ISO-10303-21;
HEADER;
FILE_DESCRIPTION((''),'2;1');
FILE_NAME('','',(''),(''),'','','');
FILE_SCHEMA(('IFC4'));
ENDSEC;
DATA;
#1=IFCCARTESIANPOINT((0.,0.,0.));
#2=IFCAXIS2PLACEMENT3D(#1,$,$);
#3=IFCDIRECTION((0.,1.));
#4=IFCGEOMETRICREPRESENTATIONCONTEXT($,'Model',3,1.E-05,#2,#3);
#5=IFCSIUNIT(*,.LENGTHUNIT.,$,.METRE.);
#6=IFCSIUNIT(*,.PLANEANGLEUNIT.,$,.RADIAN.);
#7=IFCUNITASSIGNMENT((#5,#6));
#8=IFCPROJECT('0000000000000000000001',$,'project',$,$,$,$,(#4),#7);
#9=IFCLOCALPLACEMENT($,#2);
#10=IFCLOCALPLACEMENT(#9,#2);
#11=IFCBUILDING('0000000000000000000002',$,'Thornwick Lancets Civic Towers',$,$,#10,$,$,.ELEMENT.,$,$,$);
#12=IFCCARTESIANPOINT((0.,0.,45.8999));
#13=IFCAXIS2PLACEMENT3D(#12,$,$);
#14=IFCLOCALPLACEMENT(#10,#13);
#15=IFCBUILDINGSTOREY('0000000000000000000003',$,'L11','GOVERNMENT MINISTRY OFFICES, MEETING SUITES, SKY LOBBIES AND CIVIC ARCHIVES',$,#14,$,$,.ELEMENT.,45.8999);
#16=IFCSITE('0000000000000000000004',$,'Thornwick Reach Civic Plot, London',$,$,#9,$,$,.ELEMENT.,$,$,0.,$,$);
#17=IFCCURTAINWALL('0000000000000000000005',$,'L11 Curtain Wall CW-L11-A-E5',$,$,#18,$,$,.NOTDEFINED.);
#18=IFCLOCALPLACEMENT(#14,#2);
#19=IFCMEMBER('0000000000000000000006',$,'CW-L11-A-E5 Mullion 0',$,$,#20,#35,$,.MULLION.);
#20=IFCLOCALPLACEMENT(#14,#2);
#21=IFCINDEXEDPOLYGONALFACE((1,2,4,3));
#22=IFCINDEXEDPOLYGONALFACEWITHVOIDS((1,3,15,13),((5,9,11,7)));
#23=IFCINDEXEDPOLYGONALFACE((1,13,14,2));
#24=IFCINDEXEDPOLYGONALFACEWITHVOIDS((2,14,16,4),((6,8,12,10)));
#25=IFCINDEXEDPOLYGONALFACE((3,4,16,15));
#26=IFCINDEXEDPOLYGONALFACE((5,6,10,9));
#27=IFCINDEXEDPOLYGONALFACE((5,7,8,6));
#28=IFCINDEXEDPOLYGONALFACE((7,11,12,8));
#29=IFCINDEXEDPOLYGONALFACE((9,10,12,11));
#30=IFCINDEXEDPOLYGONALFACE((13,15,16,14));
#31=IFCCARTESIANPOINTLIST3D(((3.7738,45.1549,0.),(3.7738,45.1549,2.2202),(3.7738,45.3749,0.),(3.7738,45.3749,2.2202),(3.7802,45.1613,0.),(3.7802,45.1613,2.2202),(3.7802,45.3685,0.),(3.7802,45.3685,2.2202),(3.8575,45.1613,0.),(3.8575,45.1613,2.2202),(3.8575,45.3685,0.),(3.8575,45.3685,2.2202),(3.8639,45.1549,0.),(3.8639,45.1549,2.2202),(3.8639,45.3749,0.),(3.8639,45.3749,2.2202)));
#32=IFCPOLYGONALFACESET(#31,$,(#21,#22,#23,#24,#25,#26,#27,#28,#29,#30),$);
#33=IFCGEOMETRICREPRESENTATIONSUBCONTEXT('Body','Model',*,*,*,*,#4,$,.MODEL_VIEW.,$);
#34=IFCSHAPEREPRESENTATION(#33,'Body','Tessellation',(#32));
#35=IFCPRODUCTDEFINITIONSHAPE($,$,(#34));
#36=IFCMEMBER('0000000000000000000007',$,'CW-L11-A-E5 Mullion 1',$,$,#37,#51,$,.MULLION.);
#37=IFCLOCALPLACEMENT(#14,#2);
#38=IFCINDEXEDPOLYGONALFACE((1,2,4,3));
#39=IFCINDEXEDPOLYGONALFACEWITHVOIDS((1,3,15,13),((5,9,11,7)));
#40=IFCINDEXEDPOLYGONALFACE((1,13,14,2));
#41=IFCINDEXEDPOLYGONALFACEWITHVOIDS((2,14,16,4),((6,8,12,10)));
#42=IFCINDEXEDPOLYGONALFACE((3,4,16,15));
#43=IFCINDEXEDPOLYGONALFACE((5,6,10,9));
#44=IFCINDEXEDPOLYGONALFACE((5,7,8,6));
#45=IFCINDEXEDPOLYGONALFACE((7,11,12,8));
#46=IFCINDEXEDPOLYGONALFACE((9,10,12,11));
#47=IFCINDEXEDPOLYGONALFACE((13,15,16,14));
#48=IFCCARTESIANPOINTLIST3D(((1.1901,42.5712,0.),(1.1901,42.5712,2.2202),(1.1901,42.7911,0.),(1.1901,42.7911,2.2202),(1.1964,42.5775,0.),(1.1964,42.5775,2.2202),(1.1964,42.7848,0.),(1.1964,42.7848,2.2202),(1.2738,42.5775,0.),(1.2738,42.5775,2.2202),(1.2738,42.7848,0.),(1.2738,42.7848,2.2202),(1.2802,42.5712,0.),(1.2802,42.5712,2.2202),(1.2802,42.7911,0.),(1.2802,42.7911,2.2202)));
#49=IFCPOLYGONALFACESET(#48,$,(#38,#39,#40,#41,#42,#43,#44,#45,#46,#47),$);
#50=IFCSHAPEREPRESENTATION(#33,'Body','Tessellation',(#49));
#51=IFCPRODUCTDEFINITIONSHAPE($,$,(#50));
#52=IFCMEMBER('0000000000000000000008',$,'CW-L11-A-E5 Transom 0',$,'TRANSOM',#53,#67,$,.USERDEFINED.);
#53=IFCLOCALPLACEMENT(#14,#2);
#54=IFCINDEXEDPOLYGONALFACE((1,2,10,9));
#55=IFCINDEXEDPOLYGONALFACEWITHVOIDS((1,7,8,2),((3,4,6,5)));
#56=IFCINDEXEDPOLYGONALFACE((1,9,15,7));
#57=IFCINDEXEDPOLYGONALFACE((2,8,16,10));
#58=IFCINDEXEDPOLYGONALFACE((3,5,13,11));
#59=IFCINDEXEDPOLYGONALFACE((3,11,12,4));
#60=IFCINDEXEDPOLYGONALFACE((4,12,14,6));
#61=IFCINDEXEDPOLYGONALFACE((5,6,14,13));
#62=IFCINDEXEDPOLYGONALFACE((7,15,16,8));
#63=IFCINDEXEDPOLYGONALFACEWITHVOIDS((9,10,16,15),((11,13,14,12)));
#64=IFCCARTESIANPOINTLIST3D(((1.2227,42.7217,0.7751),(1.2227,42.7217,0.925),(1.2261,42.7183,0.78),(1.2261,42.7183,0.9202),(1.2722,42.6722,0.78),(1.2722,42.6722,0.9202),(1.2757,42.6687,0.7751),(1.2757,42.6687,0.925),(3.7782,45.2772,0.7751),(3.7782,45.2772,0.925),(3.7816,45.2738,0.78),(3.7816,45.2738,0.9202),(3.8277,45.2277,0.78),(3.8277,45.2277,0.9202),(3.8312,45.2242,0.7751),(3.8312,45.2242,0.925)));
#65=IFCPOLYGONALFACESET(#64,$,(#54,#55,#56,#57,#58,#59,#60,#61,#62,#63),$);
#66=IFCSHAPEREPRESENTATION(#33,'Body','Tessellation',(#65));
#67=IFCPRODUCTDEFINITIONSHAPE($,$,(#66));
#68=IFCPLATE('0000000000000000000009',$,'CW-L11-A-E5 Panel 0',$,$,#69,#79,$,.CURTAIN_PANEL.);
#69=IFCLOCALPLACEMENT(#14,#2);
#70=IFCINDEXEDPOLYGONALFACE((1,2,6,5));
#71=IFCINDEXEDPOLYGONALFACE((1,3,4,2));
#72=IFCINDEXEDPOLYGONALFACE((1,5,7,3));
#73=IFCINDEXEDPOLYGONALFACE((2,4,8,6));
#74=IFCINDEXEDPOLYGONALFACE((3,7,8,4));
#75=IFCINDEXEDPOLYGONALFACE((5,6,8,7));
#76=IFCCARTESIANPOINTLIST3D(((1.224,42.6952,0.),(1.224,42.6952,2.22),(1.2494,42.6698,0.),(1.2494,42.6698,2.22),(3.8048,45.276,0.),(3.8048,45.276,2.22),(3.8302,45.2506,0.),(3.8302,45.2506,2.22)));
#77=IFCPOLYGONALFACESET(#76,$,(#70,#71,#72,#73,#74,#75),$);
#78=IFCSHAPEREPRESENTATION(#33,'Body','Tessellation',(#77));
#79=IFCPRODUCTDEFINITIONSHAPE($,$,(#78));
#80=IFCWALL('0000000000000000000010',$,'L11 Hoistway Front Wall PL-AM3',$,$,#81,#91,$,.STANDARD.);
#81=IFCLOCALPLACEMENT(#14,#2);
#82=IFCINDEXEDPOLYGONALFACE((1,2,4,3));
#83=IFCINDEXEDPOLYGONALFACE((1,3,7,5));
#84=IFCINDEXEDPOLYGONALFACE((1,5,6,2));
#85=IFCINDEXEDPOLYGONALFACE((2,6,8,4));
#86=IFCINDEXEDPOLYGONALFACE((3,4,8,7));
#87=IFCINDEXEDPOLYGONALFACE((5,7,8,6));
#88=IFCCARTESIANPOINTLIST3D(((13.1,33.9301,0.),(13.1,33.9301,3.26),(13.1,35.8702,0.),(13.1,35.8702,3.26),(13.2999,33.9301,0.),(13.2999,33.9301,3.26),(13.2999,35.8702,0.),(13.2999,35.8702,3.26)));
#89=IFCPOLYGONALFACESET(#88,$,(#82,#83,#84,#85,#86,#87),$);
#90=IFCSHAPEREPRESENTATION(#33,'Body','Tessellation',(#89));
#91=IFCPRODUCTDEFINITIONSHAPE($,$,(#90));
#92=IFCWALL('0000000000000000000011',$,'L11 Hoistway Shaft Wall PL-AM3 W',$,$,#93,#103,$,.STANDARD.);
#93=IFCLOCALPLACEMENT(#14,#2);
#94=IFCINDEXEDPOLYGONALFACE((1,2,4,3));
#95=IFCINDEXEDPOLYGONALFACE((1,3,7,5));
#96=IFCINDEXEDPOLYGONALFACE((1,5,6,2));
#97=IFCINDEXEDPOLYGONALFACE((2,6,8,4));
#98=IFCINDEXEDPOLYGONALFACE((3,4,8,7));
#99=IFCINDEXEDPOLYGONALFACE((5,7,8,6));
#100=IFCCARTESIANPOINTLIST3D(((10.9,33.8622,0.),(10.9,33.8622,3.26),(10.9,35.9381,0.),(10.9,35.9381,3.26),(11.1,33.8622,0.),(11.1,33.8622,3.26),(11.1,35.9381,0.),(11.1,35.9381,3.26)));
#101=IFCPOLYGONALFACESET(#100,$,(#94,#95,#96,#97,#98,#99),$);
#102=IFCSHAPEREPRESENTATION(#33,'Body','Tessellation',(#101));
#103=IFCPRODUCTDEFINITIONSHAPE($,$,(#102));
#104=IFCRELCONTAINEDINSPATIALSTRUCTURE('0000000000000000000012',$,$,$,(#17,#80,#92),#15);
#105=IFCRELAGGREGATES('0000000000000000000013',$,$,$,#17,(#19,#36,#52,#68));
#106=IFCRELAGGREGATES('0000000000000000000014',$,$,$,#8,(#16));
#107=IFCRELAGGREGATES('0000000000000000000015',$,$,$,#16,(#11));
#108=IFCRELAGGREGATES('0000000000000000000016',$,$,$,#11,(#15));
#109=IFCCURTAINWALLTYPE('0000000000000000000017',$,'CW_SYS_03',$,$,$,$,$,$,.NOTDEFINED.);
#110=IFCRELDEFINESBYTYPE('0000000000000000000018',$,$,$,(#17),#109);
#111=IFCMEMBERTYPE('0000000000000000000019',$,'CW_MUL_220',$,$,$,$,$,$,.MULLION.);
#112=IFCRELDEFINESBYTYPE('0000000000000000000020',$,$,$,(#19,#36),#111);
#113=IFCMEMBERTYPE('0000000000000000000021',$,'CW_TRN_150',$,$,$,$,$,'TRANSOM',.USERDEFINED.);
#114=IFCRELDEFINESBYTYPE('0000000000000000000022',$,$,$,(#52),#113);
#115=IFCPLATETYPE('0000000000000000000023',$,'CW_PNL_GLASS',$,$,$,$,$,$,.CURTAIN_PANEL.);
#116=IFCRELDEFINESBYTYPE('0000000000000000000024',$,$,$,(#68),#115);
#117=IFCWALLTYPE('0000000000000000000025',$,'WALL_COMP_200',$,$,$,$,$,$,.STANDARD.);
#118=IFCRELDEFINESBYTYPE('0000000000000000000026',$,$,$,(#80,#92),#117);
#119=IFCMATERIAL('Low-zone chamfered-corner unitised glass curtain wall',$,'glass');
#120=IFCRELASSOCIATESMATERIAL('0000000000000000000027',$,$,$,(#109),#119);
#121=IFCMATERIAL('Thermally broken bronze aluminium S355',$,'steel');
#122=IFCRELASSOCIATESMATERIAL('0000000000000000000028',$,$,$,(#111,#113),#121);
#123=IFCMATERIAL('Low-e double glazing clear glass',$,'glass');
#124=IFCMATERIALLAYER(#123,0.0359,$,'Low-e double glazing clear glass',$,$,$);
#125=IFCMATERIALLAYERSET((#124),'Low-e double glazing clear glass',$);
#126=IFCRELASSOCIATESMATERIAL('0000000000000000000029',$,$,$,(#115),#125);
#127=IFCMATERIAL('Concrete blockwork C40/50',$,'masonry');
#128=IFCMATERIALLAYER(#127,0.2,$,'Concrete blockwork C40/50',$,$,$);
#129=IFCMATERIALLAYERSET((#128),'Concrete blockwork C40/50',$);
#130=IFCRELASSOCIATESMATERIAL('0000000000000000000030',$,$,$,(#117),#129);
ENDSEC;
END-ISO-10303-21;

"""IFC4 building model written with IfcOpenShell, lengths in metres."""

from ifc_helpers import new_model, si_unit, direction, frame, frame_2d, origin, origin_2d, place, context, subcontext, project, spatial, rectangle, hollow_rectangle, extrude, material, layer, layer_set, material_profile, profile_set, type_object, element, aggregate, save


model = new_model("IFC4")

# Units and contexts
model_context = context("Model", 3, precision=1e-05, world=origin(), true_north=direction((0.0, 1.0)))
body_context = subcontext(model_context, "Body", "Model", "MODEL_VIEW")
ifc_project = project(units=[si_unit("LENGTHUNIT", "METRE"), si_unit("PLANEANGLEUNIT", "RADIAN")], contexts=[model_context])

# Site, building, storey
site_placement = place(None, origin())
site = spatial("IfcSite", under=ifc_project, at=site_placement, Name="Thornwick Reach Civic Plot, London", CompositionType="ELEMENT", RefElevation=0.0)
building_placement = place(site_placement, origin())
building = spatial("IfcBuilding", under=site, at=building_placement, Name="Thornwick Lancets Civic Towers", CompositionType="ELEMENT")
storey_placement = place(building_placement, frame((0.0, 0.0, 45.8999)))
storey = spatial("IfcBuildingStorey", under=building, at=storey_placement, Name="L11", Description="GOVERNMENT MINISTRY OFFICES, MEETING SUITES, SKY LOBBIES AND CIVIC ARCHIVES", CompositionType="ELEMENT", Elevation=45.8999)

# Curtain wall, members, plate
ifc_material_1 = material(Name="Low-zone chamfered-corner unitised glass curtain wall", Category="glass")
curtain_wall_type = type_object("IfcCurtainWallType", Name="CW_SYS_03", PredefinedType="NOTDEFINED", material=ifc_material_1)
curtain_wall_placement = place(storey_placement, origin())
curtain_wall = element("IfcCurtainWall", 1, at=curtain_wall_placement, inside=storey, type_object=curtain_wall_type, Name="L11 Curtain Wall CW-L11-A-E5", PredefinedType="NOTDEFINED")
ifc_material_2 = material(Name="Thermally broken bronze aluminium S355", Category="steel")
ifc_material_profile_1 = material_profile(ifc_material_2, hollow_rectangle(XDim=0.0901, YDim=0.22, WallThickness=0.0063, at=origin_2d()), Name="RHS 220x90x6.3")
ifc_profile_set_1 = profile_set([ifc_material_profile_1], Name="Thermally broken bronze aluminium S355")
member_type_1 = type_object("IfcMemberType", Name="CW_MUL_220", PredefinedType="MULLION", material=ifc_profile_set_1)
member_1_placement = place(storey_placement, frame((3.8188, 45.2649, 0.0), z_axis=(0.0, 0.0, 1.0), x_axis=(1.0, 0.0, 0.0)))
member_1 = element("IfcMember", 2, at=member_1_placement, type_object=member_type_1, Name="CW-L11-A-E5 Mullion 0", PredefinedType="MULLION", context=body_context, shape_type="SweptSolid", body=[
    extrude(hollow_rectangle(XDim=0.0901, YDim=0.22, WallThickness=0.0063, at=origin_2d()), origin(), (0.0, 0.0, 1.0), 2.2202),
])
member_2_placement = place(storey_placement, frame((1.2351, 42.6812, 0.0), z_axis=(0.0, 0.0, 1.0), x_axis=(1.0, 0.0, 0.0)))
member_2 = element("IfcMember", 3, at=member_2_placement, type_object=member_type_1, Name="CW-L11-A-E5 Mullion 1", PredefinedType="MULLION", context=body_context, shape_type="SweptSolid", body=[
    extrude(hollow_rectangle(XDim=0.0901, YDim=0.22, WallThickness=0.0063, at=origin_2d()), origin(), (0.0, 0.0, 1.0), 2.2202),
])
ifc_material_profile_2 = material_profile(ifc_material_2, hollow_rectangle(XDim=0.075, YDim=0.1499, WallThickness=0.0049, at=origin_2d()), Name="RHS 150x75x5")
ifc_profile_set_2 = profile_set([ifc_material_profile_2], Name="Thermally broken bronze aluminium S355")
member_type_2 = type_object("IfcMemberType", Name="CW_TRN_150", ElementType="TRANSOM", PredefinedType="USERDEFINED", material=ifc_profile_set_2)
member_3_placement = place(storey_placement, frame((3.8047, 45.2507, 0.8501), z_axis=(-0.707107, -0.707107, 0.0), x_axis=(0.707107, -0.707107, 0.0)))
member_3 = element("IfcMember", 4, at=member_3_placement, type_object=member_type_2, Name="CW-L11-A-E5 Transom 0", ObjectType="TRANSOM", PredefinedType="USERDEFINED", context=body_context, shape_type="SweptSolid", body=[
    extrude(hollow_rectangle(XDim=0.075, YDim=0.1499, WallThickness=0.0049, at=origin_2d()), origin(), (0.0, 0.0, 1.0), 3.614),
])
ifc_material_3 = material(Name="Low-e double glazing clear glass", Category="glass")
ifc_layer_1 = layer(ifc_material_3, 0.0359, Name="Low-e double glazing clear glass")
ifc_layer_set_1 = layer_set([ifc_layer_1], Name="Low-e double glazing clear glass")
plate_type = type_object("IfcPlateType", Name="CW_PNL_GLASS", PredefinedType="CURTAIN_PANEL", material=ifc_layer_set_1)
plate_placement = place(storey_placement, frame((2.5271, 43.9729, 0.0), z_axis=(0.0, 0.0, 1.0), x_axis=(-0.707107, -0.707107, 0.0)))
plate = element("IfcPlate", 5, at=plate_placement, type_object=plate_type, Name="CW-L11-A-E5 Panel 0", PredefinedType="CURTAIN_PANEL", context=body_context, shape_type="SweptSolid", body=[
    extrude(rectangle(XDim=3.6499, YDim=0.0359, at=origin_2d()), origin(), (0.0, 0.0, 1.0), 2.22),
])
aggregate(curtain_wall, [member_1, member_2, member_3, plate])

# Walls
ifc_material_4 = material(Name="Concrete blockwork C40/50", Category="masonry")
ifc_layer_2 = layer(ifc_material_4, 0.2, Name="Concrete blockwork C40/50")
ifc_layer_set_2 = layer_set([ifc_layer_2], Name="Concrete blockwork C40/50")
wall_type_1 = type_object("IfcWallType", Name="WALL_COMP_200", PredefinedType="STANDARD", material=ifc_layer_set_2)
wall_1_placement = place(storey_placement, frame((13.2, 33.9299, 0.0), z_axis=(0.0, 0.0, 1.0), x_axis=(0.0, 1.0, 0.0)))
element("IfcWall", 6, at=wall_1_placement, inside=storey, type_object=wall_type_1, Name="L11 Hoistway Front Wall PL-AM3", PredefinedType="STANDARD", context=body_context, shape_type="SweptSolid", body=[
    extrude(rectangle(XDim=1.9402, YDim=0.2, at=frame_2d((0.9702, 0.0))), origin(), (0.0, 0.0, 1.0), 3.26),
])
wall_2_placement = place(storey_placement, frame((11.0, 33.8621, 0.0), z_axis=(0.0, 0.0, 1.0), x_axis=(0.0, 1.0, 0.0)))
element("IfcWall", 7, at=wall_2_placement, inside=storey, type_object=wall_type_1, Name="L11 Hoistway Shaft Wall PL-AM3 W", PredefinedType="STANDARD", context=body_context, shape_type="SweptSolid", body=[
    extrude(rectangle(XDim=2.0759, YDim=0.2, at=frame_2d((1.0381, 0.0))), origin(), (0.0, 0.0, 1.0), 3.26),
])

save(model, "model.ifc")
